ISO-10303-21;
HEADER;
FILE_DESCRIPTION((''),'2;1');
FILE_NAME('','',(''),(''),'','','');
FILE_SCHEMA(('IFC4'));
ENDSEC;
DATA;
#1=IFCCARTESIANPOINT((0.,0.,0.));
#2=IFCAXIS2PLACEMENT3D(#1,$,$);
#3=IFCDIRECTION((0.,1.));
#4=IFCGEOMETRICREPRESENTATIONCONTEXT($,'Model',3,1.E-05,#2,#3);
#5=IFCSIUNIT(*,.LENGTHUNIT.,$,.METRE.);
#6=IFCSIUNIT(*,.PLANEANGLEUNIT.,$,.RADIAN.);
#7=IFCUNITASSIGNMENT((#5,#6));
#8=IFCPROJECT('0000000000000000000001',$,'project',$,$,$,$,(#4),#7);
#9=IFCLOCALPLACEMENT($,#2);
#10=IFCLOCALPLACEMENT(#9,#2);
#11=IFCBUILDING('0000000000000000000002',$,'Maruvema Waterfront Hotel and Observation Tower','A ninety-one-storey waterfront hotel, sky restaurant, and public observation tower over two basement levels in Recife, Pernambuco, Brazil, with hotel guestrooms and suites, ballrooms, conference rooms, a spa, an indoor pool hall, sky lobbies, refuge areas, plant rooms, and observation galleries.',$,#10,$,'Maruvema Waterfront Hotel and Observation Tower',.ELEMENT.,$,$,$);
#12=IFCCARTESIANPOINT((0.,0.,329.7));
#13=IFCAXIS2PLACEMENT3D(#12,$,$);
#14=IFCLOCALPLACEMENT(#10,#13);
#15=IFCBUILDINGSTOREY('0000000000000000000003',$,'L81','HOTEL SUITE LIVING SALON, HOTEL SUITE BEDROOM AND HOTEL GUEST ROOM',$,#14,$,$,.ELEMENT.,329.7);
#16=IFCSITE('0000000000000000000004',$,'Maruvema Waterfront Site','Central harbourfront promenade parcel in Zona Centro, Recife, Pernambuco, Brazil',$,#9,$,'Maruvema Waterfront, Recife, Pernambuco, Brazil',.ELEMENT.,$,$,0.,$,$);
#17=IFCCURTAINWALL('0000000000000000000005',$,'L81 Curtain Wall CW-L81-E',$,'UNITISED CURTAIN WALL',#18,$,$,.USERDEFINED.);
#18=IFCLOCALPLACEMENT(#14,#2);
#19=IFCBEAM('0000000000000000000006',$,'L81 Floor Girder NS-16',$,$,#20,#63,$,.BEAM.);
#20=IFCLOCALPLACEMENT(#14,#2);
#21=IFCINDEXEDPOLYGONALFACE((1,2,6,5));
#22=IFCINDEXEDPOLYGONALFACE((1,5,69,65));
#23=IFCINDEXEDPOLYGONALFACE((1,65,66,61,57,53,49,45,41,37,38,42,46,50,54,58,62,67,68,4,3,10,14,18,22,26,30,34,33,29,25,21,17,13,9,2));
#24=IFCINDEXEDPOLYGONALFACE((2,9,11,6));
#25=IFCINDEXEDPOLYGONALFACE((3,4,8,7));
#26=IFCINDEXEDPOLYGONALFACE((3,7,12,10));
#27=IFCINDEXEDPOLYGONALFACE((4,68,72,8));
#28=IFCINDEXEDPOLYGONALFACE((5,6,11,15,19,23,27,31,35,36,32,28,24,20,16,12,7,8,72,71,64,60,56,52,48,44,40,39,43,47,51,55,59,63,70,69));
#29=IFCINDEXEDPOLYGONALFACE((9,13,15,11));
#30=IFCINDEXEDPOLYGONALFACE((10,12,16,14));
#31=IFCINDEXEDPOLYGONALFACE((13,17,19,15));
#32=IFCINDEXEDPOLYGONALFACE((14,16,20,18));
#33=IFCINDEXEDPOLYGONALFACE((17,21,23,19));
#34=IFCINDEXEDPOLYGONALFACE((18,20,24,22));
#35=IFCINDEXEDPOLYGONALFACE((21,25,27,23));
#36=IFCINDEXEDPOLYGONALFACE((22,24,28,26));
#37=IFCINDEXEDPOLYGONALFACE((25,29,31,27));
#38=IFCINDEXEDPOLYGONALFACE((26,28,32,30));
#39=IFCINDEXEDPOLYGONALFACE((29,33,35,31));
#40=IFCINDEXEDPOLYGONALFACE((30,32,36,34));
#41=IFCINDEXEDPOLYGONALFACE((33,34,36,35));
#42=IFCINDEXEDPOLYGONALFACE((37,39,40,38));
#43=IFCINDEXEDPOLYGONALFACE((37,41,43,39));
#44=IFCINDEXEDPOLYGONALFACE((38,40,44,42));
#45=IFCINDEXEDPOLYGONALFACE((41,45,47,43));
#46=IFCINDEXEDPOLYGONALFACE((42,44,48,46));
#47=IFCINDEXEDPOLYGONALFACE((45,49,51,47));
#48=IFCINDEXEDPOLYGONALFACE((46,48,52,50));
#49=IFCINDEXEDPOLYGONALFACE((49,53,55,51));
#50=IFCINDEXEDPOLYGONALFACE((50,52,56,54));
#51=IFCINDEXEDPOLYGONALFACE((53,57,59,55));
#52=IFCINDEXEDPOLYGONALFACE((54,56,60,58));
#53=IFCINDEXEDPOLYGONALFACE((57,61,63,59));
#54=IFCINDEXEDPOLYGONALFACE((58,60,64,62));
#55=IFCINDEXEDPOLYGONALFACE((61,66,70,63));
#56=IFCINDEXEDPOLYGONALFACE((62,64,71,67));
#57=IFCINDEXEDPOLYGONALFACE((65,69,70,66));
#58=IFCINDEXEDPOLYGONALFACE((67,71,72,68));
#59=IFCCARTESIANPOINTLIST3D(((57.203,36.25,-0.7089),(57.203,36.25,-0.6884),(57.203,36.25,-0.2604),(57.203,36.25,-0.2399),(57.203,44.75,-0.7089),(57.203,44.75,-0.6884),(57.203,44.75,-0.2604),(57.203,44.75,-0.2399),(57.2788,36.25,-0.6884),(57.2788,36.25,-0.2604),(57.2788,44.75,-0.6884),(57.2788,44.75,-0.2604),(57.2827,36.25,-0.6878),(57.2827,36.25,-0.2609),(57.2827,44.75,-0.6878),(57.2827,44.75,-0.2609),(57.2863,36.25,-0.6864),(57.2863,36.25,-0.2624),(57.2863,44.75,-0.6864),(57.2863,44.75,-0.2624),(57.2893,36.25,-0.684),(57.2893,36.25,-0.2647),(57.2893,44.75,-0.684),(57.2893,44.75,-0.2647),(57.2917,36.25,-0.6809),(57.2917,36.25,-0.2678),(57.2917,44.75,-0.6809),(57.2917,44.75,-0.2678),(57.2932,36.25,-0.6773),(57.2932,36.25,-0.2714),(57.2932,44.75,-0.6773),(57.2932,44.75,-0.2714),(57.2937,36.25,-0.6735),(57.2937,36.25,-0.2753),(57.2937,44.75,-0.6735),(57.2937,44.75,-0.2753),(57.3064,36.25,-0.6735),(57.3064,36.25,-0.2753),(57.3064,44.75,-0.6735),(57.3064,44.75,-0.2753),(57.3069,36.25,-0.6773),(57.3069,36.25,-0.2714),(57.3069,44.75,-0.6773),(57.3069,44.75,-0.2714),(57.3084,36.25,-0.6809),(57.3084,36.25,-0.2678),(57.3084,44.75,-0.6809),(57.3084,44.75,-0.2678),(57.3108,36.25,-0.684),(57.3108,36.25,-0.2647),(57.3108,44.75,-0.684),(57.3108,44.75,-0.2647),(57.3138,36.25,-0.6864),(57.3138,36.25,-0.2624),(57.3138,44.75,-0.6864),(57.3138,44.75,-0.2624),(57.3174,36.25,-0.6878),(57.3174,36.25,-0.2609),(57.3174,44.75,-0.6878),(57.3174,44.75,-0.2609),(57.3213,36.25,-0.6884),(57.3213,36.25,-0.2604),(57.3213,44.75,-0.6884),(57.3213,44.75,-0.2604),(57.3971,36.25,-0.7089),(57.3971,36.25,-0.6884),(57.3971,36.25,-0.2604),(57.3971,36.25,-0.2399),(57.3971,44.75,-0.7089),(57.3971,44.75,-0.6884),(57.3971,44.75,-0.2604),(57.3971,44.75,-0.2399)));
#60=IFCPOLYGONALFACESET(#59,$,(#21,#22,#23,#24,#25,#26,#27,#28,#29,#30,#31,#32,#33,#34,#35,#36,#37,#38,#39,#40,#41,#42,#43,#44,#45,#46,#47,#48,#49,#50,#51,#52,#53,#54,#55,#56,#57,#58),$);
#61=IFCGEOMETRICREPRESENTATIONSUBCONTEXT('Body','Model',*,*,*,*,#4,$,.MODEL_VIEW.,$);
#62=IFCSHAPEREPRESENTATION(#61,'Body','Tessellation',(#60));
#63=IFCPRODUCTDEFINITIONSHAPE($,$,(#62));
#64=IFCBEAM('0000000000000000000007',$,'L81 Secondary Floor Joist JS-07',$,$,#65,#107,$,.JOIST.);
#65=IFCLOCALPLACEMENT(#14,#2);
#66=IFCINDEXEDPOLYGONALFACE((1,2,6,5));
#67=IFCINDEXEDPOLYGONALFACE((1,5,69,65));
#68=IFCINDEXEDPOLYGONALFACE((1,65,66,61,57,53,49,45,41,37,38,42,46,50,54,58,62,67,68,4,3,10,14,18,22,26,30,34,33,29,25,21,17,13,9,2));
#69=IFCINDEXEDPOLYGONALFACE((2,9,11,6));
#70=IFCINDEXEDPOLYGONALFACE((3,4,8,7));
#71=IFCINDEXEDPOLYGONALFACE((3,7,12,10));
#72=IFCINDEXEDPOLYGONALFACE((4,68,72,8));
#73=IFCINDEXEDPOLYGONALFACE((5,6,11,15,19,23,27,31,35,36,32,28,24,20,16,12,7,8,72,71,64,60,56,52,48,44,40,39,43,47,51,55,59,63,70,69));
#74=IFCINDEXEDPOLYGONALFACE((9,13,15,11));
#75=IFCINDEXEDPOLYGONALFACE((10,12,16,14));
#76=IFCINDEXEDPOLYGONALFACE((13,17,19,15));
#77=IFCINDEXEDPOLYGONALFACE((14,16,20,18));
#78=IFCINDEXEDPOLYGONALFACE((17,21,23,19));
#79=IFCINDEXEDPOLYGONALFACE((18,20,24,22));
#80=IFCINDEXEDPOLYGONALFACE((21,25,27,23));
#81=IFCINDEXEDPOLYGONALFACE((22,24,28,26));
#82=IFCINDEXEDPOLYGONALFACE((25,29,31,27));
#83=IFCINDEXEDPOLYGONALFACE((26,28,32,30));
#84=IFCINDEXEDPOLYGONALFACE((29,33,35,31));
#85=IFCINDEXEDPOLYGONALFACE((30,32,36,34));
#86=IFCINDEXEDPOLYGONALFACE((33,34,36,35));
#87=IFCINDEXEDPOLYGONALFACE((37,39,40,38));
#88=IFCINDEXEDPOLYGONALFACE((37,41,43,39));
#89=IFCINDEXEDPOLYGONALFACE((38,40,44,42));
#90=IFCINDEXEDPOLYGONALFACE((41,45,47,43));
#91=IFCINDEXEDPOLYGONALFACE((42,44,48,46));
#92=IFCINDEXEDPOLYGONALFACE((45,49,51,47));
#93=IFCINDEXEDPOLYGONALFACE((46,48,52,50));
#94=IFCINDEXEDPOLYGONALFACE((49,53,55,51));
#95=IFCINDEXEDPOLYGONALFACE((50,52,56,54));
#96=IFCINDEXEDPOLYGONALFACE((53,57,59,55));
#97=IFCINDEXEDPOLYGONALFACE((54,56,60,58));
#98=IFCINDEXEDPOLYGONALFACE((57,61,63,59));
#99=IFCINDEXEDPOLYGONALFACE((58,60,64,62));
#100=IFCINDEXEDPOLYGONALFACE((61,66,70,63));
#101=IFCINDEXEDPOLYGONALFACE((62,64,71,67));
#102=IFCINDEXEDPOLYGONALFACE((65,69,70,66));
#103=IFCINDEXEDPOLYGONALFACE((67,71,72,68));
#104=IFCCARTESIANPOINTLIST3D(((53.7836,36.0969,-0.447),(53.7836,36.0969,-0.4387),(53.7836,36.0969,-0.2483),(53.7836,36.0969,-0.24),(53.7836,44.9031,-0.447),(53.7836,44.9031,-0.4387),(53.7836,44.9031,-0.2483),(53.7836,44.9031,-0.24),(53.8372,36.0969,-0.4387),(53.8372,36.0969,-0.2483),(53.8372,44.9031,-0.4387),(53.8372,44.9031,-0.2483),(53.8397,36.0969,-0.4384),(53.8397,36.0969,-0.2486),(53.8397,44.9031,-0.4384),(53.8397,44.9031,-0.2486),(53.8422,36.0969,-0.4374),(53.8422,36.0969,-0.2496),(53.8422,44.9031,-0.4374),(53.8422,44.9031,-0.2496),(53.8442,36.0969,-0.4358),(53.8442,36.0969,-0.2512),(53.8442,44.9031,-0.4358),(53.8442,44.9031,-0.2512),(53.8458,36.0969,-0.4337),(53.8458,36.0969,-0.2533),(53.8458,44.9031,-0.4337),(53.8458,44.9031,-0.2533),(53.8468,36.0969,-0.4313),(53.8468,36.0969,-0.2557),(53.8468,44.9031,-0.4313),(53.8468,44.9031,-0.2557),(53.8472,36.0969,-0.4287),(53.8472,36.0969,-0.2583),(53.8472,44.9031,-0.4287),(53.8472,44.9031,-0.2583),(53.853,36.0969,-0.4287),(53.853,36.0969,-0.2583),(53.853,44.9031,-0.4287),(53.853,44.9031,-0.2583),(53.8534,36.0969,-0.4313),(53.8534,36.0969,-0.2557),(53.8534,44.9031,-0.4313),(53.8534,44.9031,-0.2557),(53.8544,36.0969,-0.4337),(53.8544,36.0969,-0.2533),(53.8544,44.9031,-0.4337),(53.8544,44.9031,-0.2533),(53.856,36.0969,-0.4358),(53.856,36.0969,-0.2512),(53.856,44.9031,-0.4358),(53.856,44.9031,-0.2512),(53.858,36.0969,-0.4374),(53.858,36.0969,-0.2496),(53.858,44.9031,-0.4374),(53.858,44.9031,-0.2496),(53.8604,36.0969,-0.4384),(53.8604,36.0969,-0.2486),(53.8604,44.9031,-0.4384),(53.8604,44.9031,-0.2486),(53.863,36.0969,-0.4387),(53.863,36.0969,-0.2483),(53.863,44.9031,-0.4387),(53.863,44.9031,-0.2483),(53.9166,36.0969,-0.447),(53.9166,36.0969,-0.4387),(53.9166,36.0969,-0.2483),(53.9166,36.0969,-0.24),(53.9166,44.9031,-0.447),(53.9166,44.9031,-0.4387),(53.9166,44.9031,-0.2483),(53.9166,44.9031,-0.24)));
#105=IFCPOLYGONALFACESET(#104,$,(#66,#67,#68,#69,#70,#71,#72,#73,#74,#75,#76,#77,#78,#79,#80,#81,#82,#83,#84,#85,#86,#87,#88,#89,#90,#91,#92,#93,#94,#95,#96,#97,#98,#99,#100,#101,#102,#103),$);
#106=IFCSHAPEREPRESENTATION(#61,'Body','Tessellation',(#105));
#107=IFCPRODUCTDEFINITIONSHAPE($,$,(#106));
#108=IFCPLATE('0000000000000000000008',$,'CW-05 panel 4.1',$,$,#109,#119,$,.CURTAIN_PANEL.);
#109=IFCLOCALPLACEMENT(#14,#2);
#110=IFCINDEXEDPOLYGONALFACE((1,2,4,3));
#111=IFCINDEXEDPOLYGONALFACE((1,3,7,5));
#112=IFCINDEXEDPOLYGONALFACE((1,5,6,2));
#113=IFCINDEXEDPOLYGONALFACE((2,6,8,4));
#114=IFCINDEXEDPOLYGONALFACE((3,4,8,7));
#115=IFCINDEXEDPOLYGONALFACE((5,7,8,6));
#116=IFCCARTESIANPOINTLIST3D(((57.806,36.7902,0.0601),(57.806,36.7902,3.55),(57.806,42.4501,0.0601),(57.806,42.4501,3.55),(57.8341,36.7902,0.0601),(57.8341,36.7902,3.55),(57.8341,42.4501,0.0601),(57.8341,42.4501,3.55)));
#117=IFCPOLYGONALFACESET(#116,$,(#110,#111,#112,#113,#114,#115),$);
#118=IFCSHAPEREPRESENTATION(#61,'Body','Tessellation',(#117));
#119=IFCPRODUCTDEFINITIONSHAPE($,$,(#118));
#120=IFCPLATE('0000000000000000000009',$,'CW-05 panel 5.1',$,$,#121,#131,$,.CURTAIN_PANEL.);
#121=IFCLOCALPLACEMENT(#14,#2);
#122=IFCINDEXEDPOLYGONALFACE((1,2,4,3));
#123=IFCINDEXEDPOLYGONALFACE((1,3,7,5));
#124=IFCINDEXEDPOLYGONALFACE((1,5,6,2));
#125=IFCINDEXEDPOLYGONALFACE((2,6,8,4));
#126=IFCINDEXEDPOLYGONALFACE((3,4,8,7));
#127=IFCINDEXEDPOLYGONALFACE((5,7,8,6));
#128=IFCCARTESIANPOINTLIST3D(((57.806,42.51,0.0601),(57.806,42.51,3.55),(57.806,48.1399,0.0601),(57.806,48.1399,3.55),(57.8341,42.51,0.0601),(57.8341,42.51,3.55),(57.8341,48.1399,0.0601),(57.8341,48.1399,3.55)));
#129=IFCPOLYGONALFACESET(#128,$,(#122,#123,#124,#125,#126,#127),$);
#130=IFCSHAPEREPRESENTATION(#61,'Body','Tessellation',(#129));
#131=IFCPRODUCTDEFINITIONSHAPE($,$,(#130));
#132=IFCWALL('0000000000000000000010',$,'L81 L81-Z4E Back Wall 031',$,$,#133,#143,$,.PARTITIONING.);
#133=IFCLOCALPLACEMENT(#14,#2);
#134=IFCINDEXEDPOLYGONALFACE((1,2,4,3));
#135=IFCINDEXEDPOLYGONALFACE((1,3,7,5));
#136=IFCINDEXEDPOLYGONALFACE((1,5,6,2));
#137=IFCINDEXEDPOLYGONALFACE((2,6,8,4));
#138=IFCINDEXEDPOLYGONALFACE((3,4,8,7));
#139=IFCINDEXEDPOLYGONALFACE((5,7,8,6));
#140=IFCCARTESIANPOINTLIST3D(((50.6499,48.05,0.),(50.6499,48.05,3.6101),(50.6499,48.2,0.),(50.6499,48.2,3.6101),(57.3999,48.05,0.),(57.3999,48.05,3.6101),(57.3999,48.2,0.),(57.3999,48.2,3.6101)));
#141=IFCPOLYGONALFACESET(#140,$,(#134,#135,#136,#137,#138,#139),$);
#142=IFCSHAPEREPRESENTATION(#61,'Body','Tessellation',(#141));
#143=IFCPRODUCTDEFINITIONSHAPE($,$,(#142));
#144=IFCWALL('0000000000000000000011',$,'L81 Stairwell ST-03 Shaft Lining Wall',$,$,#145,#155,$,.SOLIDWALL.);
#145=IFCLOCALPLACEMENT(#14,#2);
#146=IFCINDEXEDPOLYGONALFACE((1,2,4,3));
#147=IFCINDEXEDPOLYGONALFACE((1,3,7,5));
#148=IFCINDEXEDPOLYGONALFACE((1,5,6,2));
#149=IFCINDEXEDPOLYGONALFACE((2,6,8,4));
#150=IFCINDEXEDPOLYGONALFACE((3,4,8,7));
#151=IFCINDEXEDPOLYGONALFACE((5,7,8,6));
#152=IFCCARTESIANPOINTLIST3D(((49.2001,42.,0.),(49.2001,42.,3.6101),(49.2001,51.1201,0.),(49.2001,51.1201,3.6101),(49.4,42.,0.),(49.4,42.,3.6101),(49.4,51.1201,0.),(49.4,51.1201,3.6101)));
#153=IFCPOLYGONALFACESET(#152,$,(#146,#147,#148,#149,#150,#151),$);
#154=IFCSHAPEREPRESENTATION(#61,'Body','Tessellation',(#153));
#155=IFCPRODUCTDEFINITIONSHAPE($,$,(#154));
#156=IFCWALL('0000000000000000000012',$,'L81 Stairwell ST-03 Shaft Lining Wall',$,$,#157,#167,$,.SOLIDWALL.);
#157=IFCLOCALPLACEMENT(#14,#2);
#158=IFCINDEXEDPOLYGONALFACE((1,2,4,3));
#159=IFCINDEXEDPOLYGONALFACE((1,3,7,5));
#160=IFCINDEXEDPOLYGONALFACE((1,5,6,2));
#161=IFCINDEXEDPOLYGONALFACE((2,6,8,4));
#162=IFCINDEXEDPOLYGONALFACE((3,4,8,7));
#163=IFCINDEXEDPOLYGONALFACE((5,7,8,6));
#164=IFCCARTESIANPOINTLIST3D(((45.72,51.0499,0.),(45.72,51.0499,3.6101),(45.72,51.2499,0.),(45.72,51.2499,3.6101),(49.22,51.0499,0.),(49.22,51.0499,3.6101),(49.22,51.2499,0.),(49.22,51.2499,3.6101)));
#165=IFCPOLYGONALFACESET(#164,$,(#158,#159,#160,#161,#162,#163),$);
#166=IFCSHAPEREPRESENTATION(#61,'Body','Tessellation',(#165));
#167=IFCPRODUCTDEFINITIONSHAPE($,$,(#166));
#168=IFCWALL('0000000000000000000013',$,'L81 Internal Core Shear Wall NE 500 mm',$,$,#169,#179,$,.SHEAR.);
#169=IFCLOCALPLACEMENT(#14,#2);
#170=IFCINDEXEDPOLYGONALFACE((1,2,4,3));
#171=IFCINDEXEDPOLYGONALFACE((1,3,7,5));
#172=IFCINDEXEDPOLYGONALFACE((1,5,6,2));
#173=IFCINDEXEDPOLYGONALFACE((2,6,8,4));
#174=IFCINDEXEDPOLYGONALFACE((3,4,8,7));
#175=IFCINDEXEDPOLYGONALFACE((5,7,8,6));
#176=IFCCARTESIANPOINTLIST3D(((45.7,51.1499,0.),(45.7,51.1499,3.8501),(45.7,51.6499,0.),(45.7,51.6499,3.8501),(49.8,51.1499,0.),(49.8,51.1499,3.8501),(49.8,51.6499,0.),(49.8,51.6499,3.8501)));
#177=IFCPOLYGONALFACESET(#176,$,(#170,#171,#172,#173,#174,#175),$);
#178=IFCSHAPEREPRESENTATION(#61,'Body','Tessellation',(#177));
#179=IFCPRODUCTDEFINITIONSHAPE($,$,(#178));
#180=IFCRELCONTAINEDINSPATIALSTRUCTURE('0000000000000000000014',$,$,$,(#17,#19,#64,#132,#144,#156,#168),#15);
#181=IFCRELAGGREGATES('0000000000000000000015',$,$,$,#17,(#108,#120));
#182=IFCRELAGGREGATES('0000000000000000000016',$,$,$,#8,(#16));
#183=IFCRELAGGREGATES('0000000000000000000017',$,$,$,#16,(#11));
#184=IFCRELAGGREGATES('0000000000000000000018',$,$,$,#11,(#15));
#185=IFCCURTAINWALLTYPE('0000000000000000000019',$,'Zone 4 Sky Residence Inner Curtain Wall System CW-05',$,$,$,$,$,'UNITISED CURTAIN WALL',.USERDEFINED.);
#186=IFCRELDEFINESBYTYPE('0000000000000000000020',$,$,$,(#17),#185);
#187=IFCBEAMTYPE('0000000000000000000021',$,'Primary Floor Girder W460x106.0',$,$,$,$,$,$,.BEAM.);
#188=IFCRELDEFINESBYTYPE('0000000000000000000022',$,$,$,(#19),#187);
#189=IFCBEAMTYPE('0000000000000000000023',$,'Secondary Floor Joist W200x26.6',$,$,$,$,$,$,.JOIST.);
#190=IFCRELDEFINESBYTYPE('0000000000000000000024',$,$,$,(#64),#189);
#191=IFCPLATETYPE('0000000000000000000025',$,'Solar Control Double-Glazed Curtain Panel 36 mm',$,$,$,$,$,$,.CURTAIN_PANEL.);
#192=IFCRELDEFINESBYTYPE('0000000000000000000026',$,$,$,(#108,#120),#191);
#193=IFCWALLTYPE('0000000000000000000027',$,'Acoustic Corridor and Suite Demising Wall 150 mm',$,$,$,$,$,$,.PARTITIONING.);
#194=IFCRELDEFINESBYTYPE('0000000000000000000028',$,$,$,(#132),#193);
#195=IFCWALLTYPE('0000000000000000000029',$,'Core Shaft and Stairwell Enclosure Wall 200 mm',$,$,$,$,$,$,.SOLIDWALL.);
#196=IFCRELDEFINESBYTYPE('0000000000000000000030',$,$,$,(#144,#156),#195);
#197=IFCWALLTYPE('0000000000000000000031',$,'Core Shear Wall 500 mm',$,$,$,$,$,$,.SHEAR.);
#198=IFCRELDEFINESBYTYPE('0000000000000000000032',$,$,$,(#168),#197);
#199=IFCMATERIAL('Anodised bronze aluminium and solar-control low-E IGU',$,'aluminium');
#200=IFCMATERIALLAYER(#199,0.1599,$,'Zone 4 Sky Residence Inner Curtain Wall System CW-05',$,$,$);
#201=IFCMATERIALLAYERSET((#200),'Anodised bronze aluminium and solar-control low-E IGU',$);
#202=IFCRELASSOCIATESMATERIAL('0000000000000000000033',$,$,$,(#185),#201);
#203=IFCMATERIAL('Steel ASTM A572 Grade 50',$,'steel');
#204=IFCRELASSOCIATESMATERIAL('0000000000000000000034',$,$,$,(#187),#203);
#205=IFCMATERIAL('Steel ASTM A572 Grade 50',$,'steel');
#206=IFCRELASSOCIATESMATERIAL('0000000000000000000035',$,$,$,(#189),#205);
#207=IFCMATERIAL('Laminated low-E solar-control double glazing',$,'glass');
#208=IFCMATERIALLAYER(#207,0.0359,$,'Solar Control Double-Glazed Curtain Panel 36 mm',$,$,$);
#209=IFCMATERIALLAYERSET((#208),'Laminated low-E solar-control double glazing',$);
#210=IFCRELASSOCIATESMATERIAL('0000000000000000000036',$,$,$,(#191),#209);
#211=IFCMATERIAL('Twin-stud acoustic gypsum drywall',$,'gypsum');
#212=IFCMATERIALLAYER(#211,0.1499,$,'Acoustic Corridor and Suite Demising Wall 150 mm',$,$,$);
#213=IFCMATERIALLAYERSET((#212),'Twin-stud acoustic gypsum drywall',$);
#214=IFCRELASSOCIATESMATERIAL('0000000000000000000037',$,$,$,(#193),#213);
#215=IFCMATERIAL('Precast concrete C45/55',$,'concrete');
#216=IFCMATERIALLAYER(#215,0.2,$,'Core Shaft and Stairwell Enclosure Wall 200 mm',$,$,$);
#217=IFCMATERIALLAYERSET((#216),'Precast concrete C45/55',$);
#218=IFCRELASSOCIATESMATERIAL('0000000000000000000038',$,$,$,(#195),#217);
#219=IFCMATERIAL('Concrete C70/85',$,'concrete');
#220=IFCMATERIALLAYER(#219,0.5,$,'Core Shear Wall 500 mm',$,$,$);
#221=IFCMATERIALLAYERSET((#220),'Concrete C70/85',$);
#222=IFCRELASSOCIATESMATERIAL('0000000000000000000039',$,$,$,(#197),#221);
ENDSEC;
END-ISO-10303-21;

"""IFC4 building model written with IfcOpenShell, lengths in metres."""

from ifc_helpers import new_model, si_unit, direction, frame, frame_2d, origin, origin_2d, place, context, subcontext, project, spatial, rectangle, i_section, extrude, material, layer, layer_set, material_profile, profile_set, type_object, element, aggregate, save


model = new_model("IFC4")

# Units and contexts
model_context = context("Model", 3, precision=1e-05, world=origin(), true_north=direction((0.0, 1.0)))
body_context = subcontext(model_context, "Body", "Model", "MODEL_VIEW")
ifc_project = project(units=[si_unit("LENGTHUNIT", "METRE"), si_unit("PLANEANGLEUNIT", "RADIAN")], contexts=[model_context])

# Site, building, storey
site_placement = place(None, origin())
site = spatial("IfcSite", under=ifc_project, at=site_placement, Name="Maruvema Waterfront Site", Description="Central harbourfront promenade parcel in Zona Centro, Recife, Pernambuco, Brazil", LongName="Maruvema Waterfront, Recife, Pernambuco, Brazil", CompositionType="ELEMENT", RefElevation=0.0)
building_placement = place(site_placement, origin())
building = spatial("IfcBuilding", under=site, at=building_placement, Name="Maruvema Waterfront Hotel and Observation Tower", Description="A ninety-one-storey waterfront hotel, sky restaurant, and public observation tower over two basement levels in Recife, Pernambuco, Brazil, with hotel guestrooms and suites, ballrooms, conference rooms, a spa, an indoor pool hall, sky lobbies, refuge areas, plant rooms, and observation galleries.", LongName="Maruvema Waterfront Hotel and Observation Tower", CompositionType="ELEMENT")
storey_placement = place(building_placement, frame((0.0, 0.0, 329.7)))
storey = spatial("IfcBuildingStorey", under=building, at=storey_placement, Name="L81", Description="HOTEL SUITE LIVING SALON, HOTEL SUITE BEDROOM AND HOTEL GUEST ROOM", CompositionType="ELEMENT", Elevation=329.7)

# Curtain wall
ifc_material_1 = material(Name="Anodised bronze aluminium and solar-control low-E IGU", Category="aluminium")
ifc_layer_1 = layer(ifc_material_1, 0.1599, Name="Zone 4 Sky Residence Inner Curtain Wall System CW-05")
ifc_layer_set_1 = layer_set([ifc_layer_1], Name="Anodised bronze aluminium and solar-control low-E IGU")
curtain_wall_type = type_object("IfcCurtainWallType", Name="Zone 4 Sky Residence Inner Curtain Wall System CW-05", ElementType="UNITISED CURTAIN WALL", PredefinedType="USERDEFINED", material=ifc_layer_set_1)
curtain_wall_placement = place(storey_placement, origin())
curtain_wall = element("IfcCurtainWall", 1, at=curtain_wall_placement, inside=storey, type_object=curtain_wall_type, Name="L81 Curtain Wall CW-L81-E", ObjectType="UNITISED CURTAIN WALL", PredefinedType="USERDEFINED")

# Beams
ifc_material_2 = material(Name="Steel ASTM A572 Grade 50", Category="steel")
ifc_material_profile_1 = material_profile(ifc_material_2, i_section(OverallWidth=0.1941, OverallDepth=0.469, WebThickness=0.0127, FlangeThickness=0.0205, FilletRadius=0.0149, at=origin_2d()), Name="W460x106.0")
ifc_profile_set_1 = profile_set([ifc_material_profile_1], Name="Steel ASTM A572 Grade 50")
beam_type_1 = type_object("IfcBeamType", Name="Primary Floor Girder W460x106.0", PredefinedType="BEAM", material=ifc_profile_set_1)
beam_1_placement = place(storey_placement, frame((57.3, 36.25, -0.4744), z_axis=(0.0, 1.0, 0.0), x_axis=(-1.0, 0.0, 0.0)))
element("IfcBeam", 2, at=beam_1_placement, inside=storey, type_object=beam_type_1, Name="L81 Floor Girder NS-16", PredefinedType="BEAM", context=body_context, shape_type="SweptSolid", body=[
    extrude(i_section(OverallWidth=0.1941, OverallDepth=0.469, WebThickness=0.0127, FlangeThickness=0.0205, FilletRadius=0.0149, at=origin_2d()), origin(), (0.0, 0.0, 1.0), 8.5),
])
ifc_material_3 = material(Name="Steel ASTM A572 Grade 50", Category="steel")
ifc_material_profile_2 = material_profile(ifc_material_3, i_section(OverallWidth=0.1331, OverallDepth=0.207, WebThickness=0.0059, FlangeThickness=0.0083, FilletRadius=0.01, at=origin_2d()), Name="W200x26.6")
ifc_profile_set_2 = profile_set([ifc_material_profile_2], Name="Steel ASTM A572 Grade 50")
beam_type_2 = type_object("IfcBeamType", Name="Secondary Floor Joist W200x26.6", PredefinedType="JOIST", material=ifc_profile_set_2)
beam_2_placement = place(storey_placement, frame((53.8501, 36.0969, -0.3435), z_axis=(0.0, 1.0, 0.0), x_axis=(-1.0, 0.0, 0.0)))
element("IfcBeam", 3, at=beam_2_placement, inside=storey, type_object=beam_type_2, Name="L81 Secondary Floor Joist JS-07", PredefinedType="JOIST", context=body_context, shape_type="SweptSolid", body=[
    extrude(i_section(OverallWidth=0.1331, OverallDepth=0.207, WebThickness=0.0059, FlangeThickness=0.0083, FilletRadius=0.01, at=origin_2d()), origin(), (0.0, 0.0, 1.0), 8.8062),
])

# Plates
ifc_material_4 = material(Name="Laminated low-E solar-control double glazing", Category="glass")
ifc_layer_2 = layer(ifc_material_4, 0.0359, Name="Solar Control Double-Glazed Curtain Panel 36 mm")
ifc_layer_set_2 = layer_set([ifc_layer_2], Name="Laminated low-E solar-control double glazing")
plate_type = type_object("IfcPlateType", Name="Solar Control Double-Glazed Curtain Panel 36 mm", PredefinedType="CURTAIN_PANEL", material=ifc_layer_set_2)
plate_1_placement = place(storey_placement, frame((57.8201, 39.6201, 0.0601), z_axis=(0.0, 0.0, 1.0), x_axis=(0.0, 1.0, 0.0)))
plate_1 = element("IfcPlate", 4, at=plate_1_placement, type_object=plate_type, Name="CW-05 panel 4.1", PredefinedType="CURTAIN_PANEL", context=body_context, shape_type="SweptSolid", body=[
    extrude(rectangle(XDim=5.6599, YDim=0.0281, at=origin_2d()), origin(), (0.0, 0.0, 1.0), 3.49),
])
plate_2_placement = place(storey_placement, frame((57.8201, 45.325, 0.0601), z_axis=(0.0, 0.0, 1.0), x_axis=(0.0, 1.0, 0.0)))
plate_2 = element("IfcPlate", 5, at=plate_2_placement, type_object=plate_type, Name="CW-05 panel 5.1", PredefinedType="CURTAIN_PANEL", context=body_context, shape_type="SweptSolid", body=[
    extrude(rectangle(XDim=5.6299, YDim=0.0281, at=origin_2d()), origin(), (0.0, 0.0, 1.0), 3.49),
])
aggregate(curtain_wall, [plate_1, plate_2])

# Walls
ifc_material_5 = material(Name="Twin-stud acoustic gypsum drywall", Category="gypsum")
ifc_layer_3 = layer(ifc_material_5, 0.1499, Name="Acoustic Corridor and Suite Demising Wall 150 mm")
ifc_layer_set_3 = layer_set([ifc_layer_3], Name="Twin-stud acoustic gypsum drywall")
wall_type_1 = type_object("IfcWallType", Name="Acoustic Corridor and Suite Demising Wall 150 mm", PredefinedType="PARTITIONING", material=ifc_layer_set_3)
wall_1_placement = place(storey_placement, frame((50.6499, 48.125, 0.0), z_axis=(0.0, 0.0, 1.0), x_axis=(1.0, 0.0, 0.0)))
element("IfcWall", 6, at=wall_1_placement, inside=storey, type_object=wall_type_1, Name="L81 L81-Z4E Back Wall 031", PredefinedType="PARTITIONING", context=body_context, shape_type="SweptSolid", body=[
    extrude(rectangle(XDim=6.75, YDim=0.1499, at=frame_2d((3.375, 0.0))), origin(), (0.0, 0.0, 1.0), 3.6101),
])
ifc_material_6 = material(Name="Precast concrete C45/55", Category="concrete")
ifc_layer_4 = layer(ifc_material_6, 0.2, Name="Core Shaft and Stairwell Enclosure Wall 200 mm")
ifc_layer_set_4 = layer_set([ifc_layer_4], Name="Precast concrete C45/55")
wall_type_2 = type_object("IfcWallType", Name="Core Shaft and Stairwell Enclosure Wall 200 mm", PredefinedType="SOLIDWALL", material=ifc_layer_set_4)
wall_2_placement = place(storey_placement, frame((49.3, 42.0, 0.0), z_axis=(0.0, 0.0, 1.0), x_axis=(0.0, 1.0, 0.0)))
element("IfcWall", 7, at=wall_2_placement, inside=storey, type_object=wall_type_2, Name="L81 Stairwell ST-03 Shaft Lining Wall", PredefinedType="SOLIDWALL", context=body_context, shape_type="SweptSolid", body=[
    extrude(rectangle(XDim=9.1201, YDim=0.2, at=frame_2d((4.5601, 0.0))), origin(), (0.0, 0.0, 1.0), 3.6101),
])
wall_3_placement = place(storey_placement, frame((45.72, 51.1499, 0.0), z_axis=(0.0, 0.0, 1.0), x_axis=(1.0, 0.0, 0.0)))
element("IfcWall", 8, at=wall_3_placement, inside=storey, type_object=wall_type_2, Name="L81 Stairwell ST-03 Shaft Lining Wall", PredefinedType="SOLIDWALL", context=body_context, shape_type="SweptSolid", body=[
    extrude(rectangle(XDim=3.5, YDim=0.2, at=frame_2d((1.75, 0.0))), origin(), (0.0, 0.0, 1.0), 3.6101),
])
ifc_material_7 = material(Name="Concrete C70/85", Category="concrete")
ifc_layer_5 = layer(ifc_material_7, 0.5, Name="Core Shear Wall 500 mm")
ifc_layer_set_5 = layer_set([ifc_layer_5], Name="Concrete C70/85")
wall_type_3 = type_object("IfcWallType", Name="Core Shear Wall 500 mm", PredefinedType="SHEAR", material=ifc_layer_set_5)
wall_4_placement = place(storey_placement, frame((45.7, 51.3999, 0.0), z_axis=(0.0, 0.0, 1.0), x_axis=(1.0, 0.0, 0.0)))
element("IfcWall", 9, at=wall_4_placement, inside=storey, type_object=wall_type_3, Name="L81 Internal Core Shear Wall NE 500 mm", PredefinedType="SHEAR", context=body_context, shape_type="SweptSolid", body=[
    extrude(rectangle(XDim=4.1001, YDim=0.5, at=frame_2d((2.05, 0.0))), origin(), (0.0, 0.0, 1.0), 3.8501),
])

save(model, "model.ifc")
